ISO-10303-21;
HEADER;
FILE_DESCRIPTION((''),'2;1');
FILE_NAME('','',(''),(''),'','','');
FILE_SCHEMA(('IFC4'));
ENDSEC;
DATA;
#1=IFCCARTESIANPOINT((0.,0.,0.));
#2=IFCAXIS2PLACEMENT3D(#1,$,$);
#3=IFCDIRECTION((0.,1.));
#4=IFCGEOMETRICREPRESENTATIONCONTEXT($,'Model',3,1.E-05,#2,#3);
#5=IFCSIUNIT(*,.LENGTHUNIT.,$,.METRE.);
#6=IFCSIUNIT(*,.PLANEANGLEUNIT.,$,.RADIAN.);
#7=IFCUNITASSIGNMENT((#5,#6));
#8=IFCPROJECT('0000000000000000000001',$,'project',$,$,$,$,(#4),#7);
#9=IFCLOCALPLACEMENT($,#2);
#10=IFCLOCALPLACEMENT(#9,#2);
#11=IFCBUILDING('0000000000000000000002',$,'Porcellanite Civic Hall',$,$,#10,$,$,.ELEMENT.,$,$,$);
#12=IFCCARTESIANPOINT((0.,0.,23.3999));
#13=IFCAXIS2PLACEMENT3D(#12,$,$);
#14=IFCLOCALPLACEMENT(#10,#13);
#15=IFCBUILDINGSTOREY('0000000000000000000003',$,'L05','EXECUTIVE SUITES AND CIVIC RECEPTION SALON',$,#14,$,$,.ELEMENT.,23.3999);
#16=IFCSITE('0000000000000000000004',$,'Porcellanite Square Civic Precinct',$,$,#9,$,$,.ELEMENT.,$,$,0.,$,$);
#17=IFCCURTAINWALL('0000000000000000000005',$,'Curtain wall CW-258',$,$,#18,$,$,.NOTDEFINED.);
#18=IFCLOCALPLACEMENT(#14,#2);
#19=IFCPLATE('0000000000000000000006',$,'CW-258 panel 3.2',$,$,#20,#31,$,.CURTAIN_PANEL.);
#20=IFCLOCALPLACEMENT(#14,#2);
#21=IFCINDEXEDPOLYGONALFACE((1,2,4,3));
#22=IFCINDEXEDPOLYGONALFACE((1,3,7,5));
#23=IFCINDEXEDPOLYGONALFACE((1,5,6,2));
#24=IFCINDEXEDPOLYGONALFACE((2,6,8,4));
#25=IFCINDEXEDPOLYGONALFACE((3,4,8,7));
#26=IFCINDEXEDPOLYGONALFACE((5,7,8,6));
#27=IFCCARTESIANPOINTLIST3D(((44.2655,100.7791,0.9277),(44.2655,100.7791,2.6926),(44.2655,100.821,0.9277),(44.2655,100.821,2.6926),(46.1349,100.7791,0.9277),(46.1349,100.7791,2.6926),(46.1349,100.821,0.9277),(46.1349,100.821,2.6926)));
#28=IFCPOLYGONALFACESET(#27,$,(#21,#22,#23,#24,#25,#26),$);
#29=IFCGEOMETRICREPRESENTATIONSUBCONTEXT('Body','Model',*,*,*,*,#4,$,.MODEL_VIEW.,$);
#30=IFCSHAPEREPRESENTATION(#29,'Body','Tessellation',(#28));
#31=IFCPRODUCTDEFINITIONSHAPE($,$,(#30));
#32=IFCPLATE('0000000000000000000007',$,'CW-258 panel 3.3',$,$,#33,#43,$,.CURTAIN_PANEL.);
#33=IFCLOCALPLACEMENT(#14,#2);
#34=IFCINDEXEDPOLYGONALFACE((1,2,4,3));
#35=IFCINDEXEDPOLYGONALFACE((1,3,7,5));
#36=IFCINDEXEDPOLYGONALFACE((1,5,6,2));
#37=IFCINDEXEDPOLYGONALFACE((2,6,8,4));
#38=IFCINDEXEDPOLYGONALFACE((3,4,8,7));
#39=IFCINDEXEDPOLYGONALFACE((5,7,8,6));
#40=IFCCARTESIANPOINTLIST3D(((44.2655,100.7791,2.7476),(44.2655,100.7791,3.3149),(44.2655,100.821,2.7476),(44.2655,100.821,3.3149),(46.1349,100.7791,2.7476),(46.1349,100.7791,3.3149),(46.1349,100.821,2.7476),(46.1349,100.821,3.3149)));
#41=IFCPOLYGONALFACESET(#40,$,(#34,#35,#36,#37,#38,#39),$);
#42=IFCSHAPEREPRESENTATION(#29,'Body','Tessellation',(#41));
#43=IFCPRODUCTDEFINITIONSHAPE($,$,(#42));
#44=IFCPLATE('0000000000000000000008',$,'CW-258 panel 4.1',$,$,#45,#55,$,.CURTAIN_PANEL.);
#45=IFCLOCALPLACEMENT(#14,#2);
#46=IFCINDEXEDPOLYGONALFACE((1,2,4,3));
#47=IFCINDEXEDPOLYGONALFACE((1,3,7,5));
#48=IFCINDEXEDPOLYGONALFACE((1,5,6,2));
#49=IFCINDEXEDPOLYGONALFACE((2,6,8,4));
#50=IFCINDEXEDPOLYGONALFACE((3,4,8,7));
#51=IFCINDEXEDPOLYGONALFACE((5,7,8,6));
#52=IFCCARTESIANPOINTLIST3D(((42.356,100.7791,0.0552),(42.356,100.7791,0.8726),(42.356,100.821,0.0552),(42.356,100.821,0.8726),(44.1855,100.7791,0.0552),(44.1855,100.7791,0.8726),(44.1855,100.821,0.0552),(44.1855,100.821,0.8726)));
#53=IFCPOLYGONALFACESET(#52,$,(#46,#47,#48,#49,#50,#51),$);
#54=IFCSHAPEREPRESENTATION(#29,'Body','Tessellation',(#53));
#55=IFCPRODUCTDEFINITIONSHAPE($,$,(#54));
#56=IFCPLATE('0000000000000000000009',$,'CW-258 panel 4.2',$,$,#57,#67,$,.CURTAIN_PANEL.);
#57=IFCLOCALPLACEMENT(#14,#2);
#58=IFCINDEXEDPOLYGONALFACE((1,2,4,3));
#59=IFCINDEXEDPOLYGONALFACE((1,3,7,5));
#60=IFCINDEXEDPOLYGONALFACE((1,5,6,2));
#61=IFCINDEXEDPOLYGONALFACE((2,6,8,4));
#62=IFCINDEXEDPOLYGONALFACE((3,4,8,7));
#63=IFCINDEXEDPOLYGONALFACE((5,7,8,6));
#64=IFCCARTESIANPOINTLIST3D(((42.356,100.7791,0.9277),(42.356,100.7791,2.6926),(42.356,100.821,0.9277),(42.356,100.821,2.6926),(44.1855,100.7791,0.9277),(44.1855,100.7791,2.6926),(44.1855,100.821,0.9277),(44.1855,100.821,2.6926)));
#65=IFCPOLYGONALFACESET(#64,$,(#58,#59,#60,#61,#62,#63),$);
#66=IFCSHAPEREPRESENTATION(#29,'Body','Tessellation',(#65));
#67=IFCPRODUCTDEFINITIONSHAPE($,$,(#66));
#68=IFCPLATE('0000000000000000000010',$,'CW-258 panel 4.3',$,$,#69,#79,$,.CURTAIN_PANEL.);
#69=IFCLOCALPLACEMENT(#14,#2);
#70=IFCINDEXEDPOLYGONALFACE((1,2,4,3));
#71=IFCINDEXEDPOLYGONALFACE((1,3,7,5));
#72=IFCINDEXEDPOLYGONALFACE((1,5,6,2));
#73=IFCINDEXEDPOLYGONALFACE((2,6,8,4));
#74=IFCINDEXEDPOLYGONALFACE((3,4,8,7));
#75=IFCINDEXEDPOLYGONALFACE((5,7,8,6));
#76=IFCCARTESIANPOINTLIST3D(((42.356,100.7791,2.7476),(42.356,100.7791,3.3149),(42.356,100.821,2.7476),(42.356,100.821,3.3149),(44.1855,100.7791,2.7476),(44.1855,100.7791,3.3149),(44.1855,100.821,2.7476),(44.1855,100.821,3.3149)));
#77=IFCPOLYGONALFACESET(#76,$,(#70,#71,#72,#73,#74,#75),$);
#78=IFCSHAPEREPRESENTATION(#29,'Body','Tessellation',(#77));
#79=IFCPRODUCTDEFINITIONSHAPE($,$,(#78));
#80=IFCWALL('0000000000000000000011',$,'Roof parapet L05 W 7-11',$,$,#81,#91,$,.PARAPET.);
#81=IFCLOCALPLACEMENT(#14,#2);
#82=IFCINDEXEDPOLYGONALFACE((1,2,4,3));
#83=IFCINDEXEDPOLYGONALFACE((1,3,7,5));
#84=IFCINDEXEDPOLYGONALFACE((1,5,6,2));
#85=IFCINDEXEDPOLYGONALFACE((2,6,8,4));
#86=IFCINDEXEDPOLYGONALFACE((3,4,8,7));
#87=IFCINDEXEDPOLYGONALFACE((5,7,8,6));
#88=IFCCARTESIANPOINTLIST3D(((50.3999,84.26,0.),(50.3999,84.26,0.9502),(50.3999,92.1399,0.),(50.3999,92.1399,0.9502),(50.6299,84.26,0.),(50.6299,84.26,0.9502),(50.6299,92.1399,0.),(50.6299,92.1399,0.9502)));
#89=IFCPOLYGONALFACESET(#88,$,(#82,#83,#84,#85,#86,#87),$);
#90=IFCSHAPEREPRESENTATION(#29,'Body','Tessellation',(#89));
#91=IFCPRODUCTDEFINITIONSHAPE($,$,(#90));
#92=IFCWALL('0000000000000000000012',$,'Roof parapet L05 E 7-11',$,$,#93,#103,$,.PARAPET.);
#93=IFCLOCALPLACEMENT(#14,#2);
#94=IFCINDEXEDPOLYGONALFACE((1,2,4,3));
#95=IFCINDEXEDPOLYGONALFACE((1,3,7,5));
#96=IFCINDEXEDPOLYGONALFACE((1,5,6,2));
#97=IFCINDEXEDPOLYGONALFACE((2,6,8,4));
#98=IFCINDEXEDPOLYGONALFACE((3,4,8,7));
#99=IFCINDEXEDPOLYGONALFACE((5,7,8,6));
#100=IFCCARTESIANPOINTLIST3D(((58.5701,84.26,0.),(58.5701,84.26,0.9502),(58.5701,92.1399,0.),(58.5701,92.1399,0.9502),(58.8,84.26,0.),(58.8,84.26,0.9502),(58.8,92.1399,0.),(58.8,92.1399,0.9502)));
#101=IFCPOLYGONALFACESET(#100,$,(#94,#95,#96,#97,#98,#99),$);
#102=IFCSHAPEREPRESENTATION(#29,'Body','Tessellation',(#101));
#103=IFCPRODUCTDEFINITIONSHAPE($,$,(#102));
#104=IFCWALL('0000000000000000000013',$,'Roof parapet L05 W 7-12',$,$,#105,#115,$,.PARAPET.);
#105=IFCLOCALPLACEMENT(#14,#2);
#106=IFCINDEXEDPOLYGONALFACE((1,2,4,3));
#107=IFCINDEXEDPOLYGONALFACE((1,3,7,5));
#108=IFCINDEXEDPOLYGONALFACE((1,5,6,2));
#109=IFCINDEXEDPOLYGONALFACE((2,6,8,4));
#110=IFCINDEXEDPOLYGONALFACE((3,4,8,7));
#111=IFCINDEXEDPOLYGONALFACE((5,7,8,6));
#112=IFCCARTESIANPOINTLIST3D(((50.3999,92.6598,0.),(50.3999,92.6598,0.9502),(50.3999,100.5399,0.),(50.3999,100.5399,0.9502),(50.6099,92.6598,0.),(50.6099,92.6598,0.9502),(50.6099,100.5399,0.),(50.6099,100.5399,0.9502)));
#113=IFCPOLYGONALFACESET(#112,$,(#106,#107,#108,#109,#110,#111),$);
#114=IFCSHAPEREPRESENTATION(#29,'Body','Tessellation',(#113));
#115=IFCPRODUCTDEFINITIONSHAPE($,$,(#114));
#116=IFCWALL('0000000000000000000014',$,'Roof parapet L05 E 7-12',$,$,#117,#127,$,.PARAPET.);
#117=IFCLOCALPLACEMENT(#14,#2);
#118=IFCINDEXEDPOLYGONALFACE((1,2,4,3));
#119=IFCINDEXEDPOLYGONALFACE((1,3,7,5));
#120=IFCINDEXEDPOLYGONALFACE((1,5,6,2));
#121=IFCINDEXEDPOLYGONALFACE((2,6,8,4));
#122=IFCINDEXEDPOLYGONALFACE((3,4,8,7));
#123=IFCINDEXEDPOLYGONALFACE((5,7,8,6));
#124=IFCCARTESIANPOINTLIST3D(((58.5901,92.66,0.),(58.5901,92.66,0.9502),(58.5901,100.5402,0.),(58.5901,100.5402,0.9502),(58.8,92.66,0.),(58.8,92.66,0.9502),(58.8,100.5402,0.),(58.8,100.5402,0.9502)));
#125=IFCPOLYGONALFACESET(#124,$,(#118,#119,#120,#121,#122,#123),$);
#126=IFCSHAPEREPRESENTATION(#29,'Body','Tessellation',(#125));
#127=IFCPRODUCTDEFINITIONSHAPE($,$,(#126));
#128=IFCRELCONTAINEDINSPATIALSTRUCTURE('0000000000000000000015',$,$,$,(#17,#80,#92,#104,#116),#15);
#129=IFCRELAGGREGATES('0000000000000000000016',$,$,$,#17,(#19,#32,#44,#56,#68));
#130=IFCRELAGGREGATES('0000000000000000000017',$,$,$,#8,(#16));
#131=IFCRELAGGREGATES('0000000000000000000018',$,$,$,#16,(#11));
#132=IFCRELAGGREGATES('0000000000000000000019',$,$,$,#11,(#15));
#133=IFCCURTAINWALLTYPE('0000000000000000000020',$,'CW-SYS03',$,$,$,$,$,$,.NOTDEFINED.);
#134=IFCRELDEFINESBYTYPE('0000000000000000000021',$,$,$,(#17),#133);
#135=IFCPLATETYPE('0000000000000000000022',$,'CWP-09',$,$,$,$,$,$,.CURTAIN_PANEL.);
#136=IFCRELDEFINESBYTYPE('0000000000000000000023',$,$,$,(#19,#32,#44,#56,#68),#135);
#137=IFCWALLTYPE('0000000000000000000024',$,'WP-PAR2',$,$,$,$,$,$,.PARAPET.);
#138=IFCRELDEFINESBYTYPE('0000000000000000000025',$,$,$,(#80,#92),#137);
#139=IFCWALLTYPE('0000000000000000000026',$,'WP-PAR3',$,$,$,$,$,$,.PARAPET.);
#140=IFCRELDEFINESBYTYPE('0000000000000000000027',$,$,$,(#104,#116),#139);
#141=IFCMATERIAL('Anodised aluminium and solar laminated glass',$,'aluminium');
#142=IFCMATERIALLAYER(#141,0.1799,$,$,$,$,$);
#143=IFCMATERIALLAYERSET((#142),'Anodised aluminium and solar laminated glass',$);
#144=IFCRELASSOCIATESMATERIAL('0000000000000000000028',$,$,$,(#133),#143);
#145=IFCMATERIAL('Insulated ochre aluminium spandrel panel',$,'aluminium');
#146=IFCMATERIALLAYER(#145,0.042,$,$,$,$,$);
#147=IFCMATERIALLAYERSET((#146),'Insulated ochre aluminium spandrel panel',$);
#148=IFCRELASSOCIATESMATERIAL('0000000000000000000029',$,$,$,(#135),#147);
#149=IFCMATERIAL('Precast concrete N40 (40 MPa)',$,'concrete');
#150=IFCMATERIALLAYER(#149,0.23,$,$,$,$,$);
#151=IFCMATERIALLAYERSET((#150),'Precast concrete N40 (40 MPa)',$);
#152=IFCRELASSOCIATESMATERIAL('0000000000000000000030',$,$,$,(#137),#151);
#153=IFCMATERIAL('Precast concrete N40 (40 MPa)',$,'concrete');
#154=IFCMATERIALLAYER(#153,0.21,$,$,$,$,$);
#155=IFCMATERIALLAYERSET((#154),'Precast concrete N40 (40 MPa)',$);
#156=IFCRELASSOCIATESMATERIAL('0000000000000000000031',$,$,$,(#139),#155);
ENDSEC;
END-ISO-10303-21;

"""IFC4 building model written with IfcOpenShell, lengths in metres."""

from ifc_helpers import new_model, si_unit, direction, frame, frame_2d, origin, origin_2d, place, context, subcontext, project, spatial, rectangle, extrude, material, layer, layer_set, type_object, element, aggregate, save


model = new_model("IFC4")

# Units and contexts
model_context = context("Model", 3, precision=1e-05, world=origin(), true_north=direction((0.0, 1.0)))
body_context = subcontext(model_context, "Body", "Model", "MODEL_VIEW")
ifc_project = project(units=[si_unit("LENGTHUNIT", "METRE"), si_unit("PLANEANGLEUNIT", "RADIAN")], contexts=[model_context])

# Site, building, storey
site_placement = place(None, origin())
site = spatial("IfcSite", under=ifc_project, at=site_placement, Name="Porcellanite Square Civic Precinct", CompositionType="ELEMENT", RefElevation=0.0)
building_placement = place(site_placement, origin())
building = spatial("IfcBuilding", under=site, at=building_placement, Name="Porcellanite Civic Hall", CompositionType="ELEMENT")
storey_placement = place(building_placement, frame((0.0, 0.0, 23.3999)))
storey = spatial("IfcBuildingStorey", under=building, at=storey_placement, Name="L05", Description="EXECUTIVE SUITES AND CIVIC RECEPTION SALON", CompositionType="ELEMENT", Elevation=23.3999)

# Curtain wall
ifc_material_1 = material(Name="Anodised aluminium and solar laminated glass", Category="aluminium")
ifc_layer_1 = layer(ifc_material_1, 0.1799)
ifc_layer_set_1 = layer_set([ifc_layer_1], Name="Anodised aluminium and solar laminated glass")
curtain_wall_type = type_object("IfcCurtainWallType", Name="CW-SYS03", PredefinedType="NOTDEFINED", material=ifc_layer_set_1)
curtain_wall_placement = place(storey_placement, origin())
curtain_wall = element("IfcCurtainWall", 1, at=curtain_wall_placement, inside=storey, type_object=curtain_wall_type, Name="Curtain wall CW-258", PredefinedType="NOTDEFINED")

# Plates
ifc_material_2 = material(Name="Insulated ochre aluminium spandrel panel", Category="aluminium")
ifc_layer_2 = layer(ifc_material_2, 0.042)
ifc_layer_set_2 = layer_set([ifc_layer_2], Name="Insulated ochre aluminium spandrel panel")
plate_type = type_object("IfcPlateType", Name="CWP-09", PredefinedType="CURTAIN_PANEL", material=ifc_layer_set_2)
plate_1_placement = place(storey_placement, frame((45.2002, 100.8, 0.9277), z_axis=(0.0, 0.0, 1.0), x_axis=(-1.0, 0.0, 0.0)))
plate_1 = element("IfcPlate", 2, at=plate_1_placement, type_object=plate_type, Name="CW-258 panel 3.2", PredefinedType="CURTAIN_PANEL", context=body_context, shape_type="SweptSolid", body=[
    extrude(rectangle(XDim=1.8694, YDim=0.042, at=origin_2d()), origin(), (0.0, 0.0, 1.0), 1.7649),
])
plate_2_placement = place(storey_placement, frame((45.2002, 100.8, 2.7476), z_axis=(0.0, 0.0, 1.0), x_axis=(-1.0, 0.0, 0.0)))
plate_2 = element("IfcPlate", 3, at=plate_2_placement, type_object=plate_type, Name="CW-258 panel 3.3", PredefinedType="CURTAIN_PANEL", context=body_context, shape_type="SweptSolid", body=[
    extrude(rectangle(XDim=1.8694, YDim=0.042, at=origin_2d()), origin(), (0.0, 0.0, 1.0), 0.5674),
])
plate_3_placement = place(storey_placement, frame((43.2708, 100.8, 0.0552), z_axis=(0.0, 0.0, 1.0), x_axis=(-1.0, 0.0, 0.0)))
plate_3 = element("IfcPlate", 4, at=plate_3_placement, type_object=plate_type, Name="CW-258 panel 4.1", PredefinedType="CURTAIN_PANEL", context=body_context, shape_type="SweptSolid", body=[
    extrude(rectangle(XDim=1.8296, YDim=0.042, at=origin_2d()), origin(), (0.0, 0.0, 1.0), 0.8174),
])
plate_4_placement = place(storey_placement, frame((43.2708, 100.8, 0.9277), z_axis=(0.0, 0.0, 1.0), x_axis=(-1.0, 0.0, 0.0)))
plate_4 = element("IfcPlate", 5, at=plate_4_placement, type_object=plate_type, Name="CW-258 panel 4.2", PredefinedType="CURTAIN_PANEL", context=body_context, shape_type="SweptSolid", body=[
    extrude(rectangle(XDim=1.8296, YDim=0.042, at=origin_2d()), origin(), (0.0, 0.0, 1.0), 1.7649),
])
plate_5_placement = place(storey_placement, frame((43.2708, 100.8, 2.7476), z_axis=(0.0, 0.0, 1.0), x_axis=(-1.0, 0.0, 0.0)))
plate_5 = element("IfcPlate", 6, at=plate_5_placement, type_object=plate_type, Name="CW-258 panel 4.3", PredefinedType="CURTAIN_PANEL", context=body_context, shape_type="SweptSolid", body=[
    extrude(rectangle(XDim=1.8296, YDim=0.042, at=origin_2d()), origin(), (0.0, 0.0, 1.0), 0.5674),
])
aggregate(curtain_wall, [plate_1, plate_2, plate_3, plate_4, plate_5])

# Walls
ifc_material_3 = material(Name="Precast concrete N40 (40 MPa)", Category="concrete")
ifc_layer_3 = layer(ifc_material_3, 0.23)
ifc_layer_set_3 = layer_set([ifc_layer_3], Name="Precast concrete N40 (40 MPa)")
wall_type_1 = type_object("IfcWallType", Name="WP-PAR2", PredefinedType="PARAPET", material=ifc_layer_set_3)
for number, where, z_axis, x_axis, name in (
    (7, (50.5149, 84.26, 0.0), (0.0, 0.0, 1.0), (0.0, 1.0, 0.0), "Roof parapet L05 W 7-11"),
    (8, (58.6851, 92.1399, 0.0), (0.0, 0.0, 1.0), (0.0, -1.0, 0.0), "Roof parapet L05 E 7-11"),
):
    element("IfcWall", number, at=place(storey_placement, frame(where, z_axis=z_axis, x_axis=x_axis)), inside=storey, type_object=wall_type_1, Name=name, PredefinedType="PARAPET", context=body_context, shape_type="SweptSolid", body=[
        extrude(rectangle(XDim=7.8799, YDim=0.23, at=frame_2d((3.9399, 0.0))), origin(), (0.0, 0.0, 1.0), 0.9502),
    ])
ifc_material_4 = material(Name="Precast concrete N40 (40 MPa)", Category="concrete")
ifc_layer_4 = layer(ifc_material_4, 0.21)
ifc_layer_set_4 = layer_set([ifc_layer_4], Name="Precast concrete N40 (40 MPa)")
wall_type_2 = type_object("IfcWallType", Name="WP-PAR3", PredefinedType="PARAPET", material=ifc_layer_set_4)
for number, where, z_axis, x_axis, name in (
    (9, (50.5049, 92.6599, 0.0), (0.0, 0.0, 1.0), (0.0, 1.0, 0.0), "Roof parapet L05 W 7-12"),
    (10, (58.6951, 100.54, 0.0), (0.0, 0.0, 1.0), (0.0, -1.0, 0.0), "Roof parapet L05 E 7-12"),
):
    element("IfcWall", number, at=place(storey_placement, frame(where, z_axis=z_axis, x_axis=x_axis)), inside=storey, type_object=wall_type_2, Name=name, PredefinedType="PARAPET", context=body_context, shape_type="SweptSolid", body=[
        extrude(rectangle(XDim=7.8801, YDim=0.21, at=frame_2d((3.9399, 0.0))), origin(), (0.0, 0.0, 1.0), 0.9502),
    ])

save(model, "model.ifc")
